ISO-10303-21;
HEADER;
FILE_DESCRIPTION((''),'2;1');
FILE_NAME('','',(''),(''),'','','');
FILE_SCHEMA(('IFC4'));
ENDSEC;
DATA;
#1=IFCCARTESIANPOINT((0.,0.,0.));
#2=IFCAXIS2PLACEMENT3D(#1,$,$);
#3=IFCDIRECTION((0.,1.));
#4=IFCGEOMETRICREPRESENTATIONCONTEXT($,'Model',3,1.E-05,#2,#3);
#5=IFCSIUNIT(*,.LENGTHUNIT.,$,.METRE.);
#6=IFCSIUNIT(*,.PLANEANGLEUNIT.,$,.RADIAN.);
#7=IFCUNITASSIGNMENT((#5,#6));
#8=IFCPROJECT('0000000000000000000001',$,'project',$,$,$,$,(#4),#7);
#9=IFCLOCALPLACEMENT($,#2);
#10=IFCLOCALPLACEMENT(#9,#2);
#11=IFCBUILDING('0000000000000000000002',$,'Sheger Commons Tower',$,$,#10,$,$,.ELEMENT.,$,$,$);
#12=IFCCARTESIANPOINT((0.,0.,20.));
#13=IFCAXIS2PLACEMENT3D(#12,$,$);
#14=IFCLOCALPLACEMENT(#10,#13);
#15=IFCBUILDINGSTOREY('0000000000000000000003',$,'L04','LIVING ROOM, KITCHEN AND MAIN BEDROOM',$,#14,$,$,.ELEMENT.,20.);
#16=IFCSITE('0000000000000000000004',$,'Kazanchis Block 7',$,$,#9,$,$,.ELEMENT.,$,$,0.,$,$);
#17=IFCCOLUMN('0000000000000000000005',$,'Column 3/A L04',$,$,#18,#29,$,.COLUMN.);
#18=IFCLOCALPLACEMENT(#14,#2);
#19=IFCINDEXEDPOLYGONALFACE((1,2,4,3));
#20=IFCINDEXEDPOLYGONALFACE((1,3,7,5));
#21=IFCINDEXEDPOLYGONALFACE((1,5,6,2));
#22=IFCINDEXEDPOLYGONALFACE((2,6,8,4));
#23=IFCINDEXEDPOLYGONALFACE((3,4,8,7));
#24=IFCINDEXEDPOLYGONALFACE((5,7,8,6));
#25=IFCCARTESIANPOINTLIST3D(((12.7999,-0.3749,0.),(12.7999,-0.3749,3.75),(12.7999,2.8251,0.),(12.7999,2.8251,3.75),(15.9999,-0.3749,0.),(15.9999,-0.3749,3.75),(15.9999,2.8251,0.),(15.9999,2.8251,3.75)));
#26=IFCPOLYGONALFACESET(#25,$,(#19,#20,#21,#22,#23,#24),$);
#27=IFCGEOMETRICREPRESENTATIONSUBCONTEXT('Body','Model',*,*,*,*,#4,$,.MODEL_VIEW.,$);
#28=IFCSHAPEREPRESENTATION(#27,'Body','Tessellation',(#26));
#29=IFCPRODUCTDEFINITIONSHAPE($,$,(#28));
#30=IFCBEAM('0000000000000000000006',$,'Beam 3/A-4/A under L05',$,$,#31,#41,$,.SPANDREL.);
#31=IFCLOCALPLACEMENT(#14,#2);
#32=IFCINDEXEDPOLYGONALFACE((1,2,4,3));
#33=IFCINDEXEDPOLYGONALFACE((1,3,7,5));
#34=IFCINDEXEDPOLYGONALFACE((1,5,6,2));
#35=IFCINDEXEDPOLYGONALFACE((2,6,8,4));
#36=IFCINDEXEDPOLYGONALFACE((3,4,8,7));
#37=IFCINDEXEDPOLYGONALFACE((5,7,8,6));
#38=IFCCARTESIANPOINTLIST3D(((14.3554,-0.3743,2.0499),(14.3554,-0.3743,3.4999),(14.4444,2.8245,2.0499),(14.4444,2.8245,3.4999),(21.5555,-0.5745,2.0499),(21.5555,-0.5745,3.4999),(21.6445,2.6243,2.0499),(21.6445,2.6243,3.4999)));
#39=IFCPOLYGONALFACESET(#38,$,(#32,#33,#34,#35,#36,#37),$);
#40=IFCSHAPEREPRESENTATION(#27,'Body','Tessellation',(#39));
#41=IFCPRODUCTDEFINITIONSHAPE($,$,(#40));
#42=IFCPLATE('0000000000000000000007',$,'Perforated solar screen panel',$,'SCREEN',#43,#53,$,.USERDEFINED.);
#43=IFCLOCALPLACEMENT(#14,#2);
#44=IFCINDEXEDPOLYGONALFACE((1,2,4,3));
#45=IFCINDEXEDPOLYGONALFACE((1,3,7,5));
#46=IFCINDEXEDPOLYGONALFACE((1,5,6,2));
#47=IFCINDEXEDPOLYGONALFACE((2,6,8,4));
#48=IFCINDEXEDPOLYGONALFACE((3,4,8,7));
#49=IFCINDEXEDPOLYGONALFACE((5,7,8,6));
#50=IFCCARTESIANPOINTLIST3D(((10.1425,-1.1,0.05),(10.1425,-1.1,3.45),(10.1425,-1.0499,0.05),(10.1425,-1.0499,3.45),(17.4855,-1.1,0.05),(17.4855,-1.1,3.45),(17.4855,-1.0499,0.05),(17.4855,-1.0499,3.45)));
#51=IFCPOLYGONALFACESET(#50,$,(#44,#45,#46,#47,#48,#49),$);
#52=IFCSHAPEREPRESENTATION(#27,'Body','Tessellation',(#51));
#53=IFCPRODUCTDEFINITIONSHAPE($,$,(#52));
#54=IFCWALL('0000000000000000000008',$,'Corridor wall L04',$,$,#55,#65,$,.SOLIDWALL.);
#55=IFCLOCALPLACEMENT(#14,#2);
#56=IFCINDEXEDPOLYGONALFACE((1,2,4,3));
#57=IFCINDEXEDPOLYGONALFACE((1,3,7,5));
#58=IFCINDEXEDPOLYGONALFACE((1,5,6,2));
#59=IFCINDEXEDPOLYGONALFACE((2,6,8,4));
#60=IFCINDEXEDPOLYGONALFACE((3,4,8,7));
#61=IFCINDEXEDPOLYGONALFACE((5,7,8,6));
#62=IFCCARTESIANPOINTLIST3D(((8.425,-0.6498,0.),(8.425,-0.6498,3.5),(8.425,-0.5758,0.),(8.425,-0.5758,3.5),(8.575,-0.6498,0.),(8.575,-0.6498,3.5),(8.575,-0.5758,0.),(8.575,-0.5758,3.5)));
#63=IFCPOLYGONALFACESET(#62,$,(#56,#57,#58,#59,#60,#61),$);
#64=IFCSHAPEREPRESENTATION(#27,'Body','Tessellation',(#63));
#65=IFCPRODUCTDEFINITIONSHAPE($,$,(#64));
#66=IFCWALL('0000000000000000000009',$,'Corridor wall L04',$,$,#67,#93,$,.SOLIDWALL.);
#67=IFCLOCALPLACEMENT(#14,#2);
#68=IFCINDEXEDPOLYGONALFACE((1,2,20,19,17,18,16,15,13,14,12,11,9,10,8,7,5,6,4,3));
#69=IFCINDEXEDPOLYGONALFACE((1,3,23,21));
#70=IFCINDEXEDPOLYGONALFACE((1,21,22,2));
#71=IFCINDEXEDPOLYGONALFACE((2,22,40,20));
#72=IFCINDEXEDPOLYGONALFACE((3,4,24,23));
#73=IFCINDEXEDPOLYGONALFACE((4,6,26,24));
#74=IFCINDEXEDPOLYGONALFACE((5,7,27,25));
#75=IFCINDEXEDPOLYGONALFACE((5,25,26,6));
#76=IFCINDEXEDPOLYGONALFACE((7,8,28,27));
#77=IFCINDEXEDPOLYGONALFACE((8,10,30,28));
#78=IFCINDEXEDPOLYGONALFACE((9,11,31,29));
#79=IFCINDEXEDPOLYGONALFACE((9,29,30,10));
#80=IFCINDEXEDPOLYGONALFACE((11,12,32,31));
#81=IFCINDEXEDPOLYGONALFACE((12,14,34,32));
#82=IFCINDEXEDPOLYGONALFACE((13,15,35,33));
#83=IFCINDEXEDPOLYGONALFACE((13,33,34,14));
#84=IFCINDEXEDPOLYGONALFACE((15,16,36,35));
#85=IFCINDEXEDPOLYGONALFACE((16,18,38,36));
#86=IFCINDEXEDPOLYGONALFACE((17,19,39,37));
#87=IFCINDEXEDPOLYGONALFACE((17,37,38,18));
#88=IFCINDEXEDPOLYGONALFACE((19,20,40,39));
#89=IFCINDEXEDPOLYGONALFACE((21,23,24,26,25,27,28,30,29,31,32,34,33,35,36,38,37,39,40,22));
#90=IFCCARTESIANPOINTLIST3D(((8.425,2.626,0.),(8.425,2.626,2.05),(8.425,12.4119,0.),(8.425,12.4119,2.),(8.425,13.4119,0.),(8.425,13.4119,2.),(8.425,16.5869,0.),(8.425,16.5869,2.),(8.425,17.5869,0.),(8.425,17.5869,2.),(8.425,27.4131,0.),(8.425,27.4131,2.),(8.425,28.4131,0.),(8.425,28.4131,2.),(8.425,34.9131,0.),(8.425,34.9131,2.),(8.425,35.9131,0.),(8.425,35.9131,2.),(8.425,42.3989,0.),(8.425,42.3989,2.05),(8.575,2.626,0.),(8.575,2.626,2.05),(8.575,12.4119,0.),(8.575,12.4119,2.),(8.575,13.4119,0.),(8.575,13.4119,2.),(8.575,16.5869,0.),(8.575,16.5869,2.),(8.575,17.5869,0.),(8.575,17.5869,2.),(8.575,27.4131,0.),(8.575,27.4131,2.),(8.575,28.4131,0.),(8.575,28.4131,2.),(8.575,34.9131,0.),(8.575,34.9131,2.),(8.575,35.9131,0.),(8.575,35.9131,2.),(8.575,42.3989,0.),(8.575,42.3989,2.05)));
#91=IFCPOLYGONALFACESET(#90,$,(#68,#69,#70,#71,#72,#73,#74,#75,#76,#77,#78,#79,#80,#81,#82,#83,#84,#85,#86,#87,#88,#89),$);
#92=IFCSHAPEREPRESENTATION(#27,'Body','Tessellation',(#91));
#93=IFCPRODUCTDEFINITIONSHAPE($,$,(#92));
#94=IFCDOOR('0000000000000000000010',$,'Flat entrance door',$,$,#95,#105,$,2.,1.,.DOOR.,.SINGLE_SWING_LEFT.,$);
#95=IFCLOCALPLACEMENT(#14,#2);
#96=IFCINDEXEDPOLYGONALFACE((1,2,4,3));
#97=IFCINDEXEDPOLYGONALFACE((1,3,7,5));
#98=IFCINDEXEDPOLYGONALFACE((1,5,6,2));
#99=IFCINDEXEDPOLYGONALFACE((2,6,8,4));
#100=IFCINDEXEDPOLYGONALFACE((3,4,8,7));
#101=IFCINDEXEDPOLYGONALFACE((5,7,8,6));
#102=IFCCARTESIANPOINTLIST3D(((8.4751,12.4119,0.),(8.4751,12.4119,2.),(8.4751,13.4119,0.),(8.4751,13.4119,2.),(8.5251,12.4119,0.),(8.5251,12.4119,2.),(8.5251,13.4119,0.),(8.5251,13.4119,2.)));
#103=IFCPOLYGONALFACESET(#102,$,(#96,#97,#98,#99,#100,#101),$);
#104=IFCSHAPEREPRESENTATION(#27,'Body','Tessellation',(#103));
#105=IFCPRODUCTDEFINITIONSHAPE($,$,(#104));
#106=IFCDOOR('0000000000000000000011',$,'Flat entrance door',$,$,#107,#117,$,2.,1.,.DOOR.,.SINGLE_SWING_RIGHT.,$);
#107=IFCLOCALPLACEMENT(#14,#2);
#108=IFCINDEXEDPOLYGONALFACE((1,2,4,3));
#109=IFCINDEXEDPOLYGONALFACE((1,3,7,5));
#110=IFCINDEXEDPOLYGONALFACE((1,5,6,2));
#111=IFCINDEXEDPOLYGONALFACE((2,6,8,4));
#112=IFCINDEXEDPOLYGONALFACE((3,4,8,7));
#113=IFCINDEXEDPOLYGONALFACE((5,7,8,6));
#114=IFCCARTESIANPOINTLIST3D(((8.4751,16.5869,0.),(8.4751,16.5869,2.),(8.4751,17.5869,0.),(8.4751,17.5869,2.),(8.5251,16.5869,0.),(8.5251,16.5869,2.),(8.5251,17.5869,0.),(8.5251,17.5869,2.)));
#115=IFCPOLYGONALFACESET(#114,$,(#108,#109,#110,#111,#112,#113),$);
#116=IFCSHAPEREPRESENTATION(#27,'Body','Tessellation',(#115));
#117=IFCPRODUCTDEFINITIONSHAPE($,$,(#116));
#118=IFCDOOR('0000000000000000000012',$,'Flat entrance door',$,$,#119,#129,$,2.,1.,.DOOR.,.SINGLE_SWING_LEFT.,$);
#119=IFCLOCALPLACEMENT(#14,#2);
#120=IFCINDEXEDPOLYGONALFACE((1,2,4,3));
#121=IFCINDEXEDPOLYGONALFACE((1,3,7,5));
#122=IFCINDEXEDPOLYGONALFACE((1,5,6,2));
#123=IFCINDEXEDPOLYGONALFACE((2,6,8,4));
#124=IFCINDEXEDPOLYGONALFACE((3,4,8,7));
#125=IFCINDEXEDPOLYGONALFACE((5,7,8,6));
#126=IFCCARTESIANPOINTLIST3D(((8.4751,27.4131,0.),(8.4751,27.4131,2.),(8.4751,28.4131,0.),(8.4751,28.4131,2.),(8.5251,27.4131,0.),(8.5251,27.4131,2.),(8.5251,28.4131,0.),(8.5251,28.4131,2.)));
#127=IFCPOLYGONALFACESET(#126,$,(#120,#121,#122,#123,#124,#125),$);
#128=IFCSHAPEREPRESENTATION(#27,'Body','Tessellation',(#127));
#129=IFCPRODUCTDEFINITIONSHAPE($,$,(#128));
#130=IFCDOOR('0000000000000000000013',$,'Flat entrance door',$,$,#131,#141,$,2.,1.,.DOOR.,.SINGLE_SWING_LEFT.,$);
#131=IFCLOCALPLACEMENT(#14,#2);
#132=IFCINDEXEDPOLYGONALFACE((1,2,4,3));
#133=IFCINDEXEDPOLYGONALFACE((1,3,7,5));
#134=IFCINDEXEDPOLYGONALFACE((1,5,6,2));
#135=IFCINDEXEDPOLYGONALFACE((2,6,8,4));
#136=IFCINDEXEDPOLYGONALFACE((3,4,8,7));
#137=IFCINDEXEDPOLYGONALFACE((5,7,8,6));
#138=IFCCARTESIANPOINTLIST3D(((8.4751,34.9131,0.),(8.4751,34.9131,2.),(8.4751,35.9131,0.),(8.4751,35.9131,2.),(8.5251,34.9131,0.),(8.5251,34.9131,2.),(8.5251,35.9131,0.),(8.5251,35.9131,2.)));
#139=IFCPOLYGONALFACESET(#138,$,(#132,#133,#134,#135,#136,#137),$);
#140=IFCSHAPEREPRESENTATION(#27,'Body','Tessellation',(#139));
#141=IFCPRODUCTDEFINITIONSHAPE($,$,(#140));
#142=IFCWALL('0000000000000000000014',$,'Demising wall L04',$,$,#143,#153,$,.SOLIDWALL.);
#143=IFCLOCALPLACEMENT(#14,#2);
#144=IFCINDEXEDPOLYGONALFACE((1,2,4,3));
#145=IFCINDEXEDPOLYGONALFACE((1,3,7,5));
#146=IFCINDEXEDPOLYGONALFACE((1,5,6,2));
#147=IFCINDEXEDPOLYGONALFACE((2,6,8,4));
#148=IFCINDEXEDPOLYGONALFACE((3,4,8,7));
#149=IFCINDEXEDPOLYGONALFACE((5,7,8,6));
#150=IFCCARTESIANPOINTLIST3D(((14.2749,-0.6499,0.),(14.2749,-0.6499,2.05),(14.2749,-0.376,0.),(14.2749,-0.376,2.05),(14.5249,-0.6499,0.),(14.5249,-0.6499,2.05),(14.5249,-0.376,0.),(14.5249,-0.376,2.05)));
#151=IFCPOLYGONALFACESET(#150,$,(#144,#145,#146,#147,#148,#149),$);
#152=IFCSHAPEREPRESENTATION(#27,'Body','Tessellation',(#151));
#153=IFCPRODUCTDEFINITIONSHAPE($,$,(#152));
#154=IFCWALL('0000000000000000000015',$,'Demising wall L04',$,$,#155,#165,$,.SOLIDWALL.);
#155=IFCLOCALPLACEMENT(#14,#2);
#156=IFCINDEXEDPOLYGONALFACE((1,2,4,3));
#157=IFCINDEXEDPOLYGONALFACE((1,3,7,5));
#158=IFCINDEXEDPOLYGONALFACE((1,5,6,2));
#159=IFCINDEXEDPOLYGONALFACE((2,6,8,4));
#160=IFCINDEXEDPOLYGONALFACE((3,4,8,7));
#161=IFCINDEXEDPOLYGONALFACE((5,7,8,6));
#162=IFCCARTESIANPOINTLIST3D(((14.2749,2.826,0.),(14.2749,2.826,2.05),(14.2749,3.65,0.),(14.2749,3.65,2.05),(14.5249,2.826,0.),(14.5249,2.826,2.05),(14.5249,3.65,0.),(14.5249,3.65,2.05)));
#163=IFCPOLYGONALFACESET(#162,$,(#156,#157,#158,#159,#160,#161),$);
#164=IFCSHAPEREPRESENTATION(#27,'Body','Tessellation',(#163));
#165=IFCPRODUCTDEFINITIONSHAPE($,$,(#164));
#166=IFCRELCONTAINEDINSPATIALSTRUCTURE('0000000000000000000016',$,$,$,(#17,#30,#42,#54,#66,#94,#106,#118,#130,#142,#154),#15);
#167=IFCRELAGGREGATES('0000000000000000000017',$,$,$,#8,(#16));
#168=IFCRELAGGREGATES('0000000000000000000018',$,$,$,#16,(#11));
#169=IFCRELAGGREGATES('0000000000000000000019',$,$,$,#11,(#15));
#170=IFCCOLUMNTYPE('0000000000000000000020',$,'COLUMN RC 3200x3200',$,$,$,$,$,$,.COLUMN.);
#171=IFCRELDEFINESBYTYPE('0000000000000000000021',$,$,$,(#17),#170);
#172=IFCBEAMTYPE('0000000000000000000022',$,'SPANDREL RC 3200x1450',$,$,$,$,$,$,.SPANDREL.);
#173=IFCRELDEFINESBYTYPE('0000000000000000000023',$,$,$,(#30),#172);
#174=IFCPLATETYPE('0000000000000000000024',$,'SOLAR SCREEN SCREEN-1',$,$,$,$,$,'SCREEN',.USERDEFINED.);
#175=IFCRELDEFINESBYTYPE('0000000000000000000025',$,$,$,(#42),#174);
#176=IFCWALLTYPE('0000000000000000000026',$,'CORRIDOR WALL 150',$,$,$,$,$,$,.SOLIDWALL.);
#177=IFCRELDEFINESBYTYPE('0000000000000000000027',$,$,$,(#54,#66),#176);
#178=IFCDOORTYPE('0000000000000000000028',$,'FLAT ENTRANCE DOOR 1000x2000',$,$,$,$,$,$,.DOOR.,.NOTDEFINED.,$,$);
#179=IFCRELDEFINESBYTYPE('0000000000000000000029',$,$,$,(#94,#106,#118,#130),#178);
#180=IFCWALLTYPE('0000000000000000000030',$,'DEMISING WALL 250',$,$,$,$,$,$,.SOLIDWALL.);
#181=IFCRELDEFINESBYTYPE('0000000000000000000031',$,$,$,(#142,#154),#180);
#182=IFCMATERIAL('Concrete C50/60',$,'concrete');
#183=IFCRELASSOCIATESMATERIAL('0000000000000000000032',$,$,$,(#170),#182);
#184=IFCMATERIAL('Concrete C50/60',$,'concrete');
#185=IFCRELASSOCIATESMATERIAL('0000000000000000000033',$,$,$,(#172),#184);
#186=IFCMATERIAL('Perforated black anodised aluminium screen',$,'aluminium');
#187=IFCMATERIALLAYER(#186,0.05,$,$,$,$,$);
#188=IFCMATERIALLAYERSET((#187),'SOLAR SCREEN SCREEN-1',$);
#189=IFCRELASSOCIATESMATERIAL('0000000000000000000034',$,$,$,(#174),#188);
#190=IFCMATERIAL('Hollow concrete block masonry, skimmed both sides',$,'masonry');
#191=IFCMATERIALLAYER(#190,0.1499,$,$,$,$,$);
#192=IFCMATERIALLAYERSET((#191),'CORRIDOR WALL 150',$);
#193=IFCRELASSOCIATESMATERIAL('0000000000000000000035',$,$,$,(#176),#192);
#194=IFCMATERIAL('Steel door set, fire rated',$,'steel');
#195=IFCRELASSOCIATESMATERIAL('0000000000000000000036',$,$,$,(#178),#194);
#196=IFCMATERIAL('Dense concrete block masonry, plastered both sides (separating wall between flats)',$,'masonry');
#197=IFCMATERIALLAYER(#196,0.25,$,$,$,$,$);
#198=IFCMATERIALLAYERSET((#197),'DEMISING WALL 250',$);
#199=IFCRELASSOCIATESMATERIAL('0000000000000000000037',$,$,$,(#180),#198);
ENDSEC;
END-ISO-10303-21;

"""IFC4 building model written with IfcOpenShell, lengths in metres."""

from ifc_helpers import new_model, si_unit, direction, frame, frame_2d, origin, origin_2d, place, context, subcontext, project, spatial, rectangle, extrude, material, layer, layer_set, material_profile, profile_set, type_object, element, fill, save


model = new_model("IFC4")

# Units and contexts
model_context = context("Model", 3, precision=1e-05, world=origin(), true_north=direction((0.0, 1.0)))
body_context = subcontext(model_context, "Body", "Model", "MODEL_VIEW")
ifc_project = project(units=[si_unit("LENGTHUNIT", "METRE"), si_unit("PLANEANGLEUNIT", "RADIAN")], contexts=[model_context])

# Site, building, storey
site_placement = place(None, origin())
site = spatial("IfcSite", under=ifc_project, at=site_placement, Name="Kazanchis Block 7", CompositionType="ELEMENT", RefElevation=0.0)
building_placement = place(site_placement, origin())
building = spatial("IfcBuilding", under=site, at=building_placement, Name="Sheger Commons Tower", CompositionType="ELEMENT")
storey_placement = place(building_placement, frame((0.0, 0.0, 20.0)))
storey = spatial("IfcBuildingStorey", under=building, at=storey_placement, Name="L04", Description="LIVING ROOM, KITCHEN AND MAIN BEDROOM", CompositionType="ELEMENT", Elevation=20.0)

# Column
ifc_material_1 = material(Name="Concrete C50/60", Category="concrete")
ifc_material_profile_1 = material_profile(ifc_material_1, rectangle(XDim=3.2, YDim=3.2, at=origin_2d()), Name="RC 3200x3200")
ifc_profile_set_1 = profile_set([ifc_material_profile_1], Name="Concrete C50/60")
column_type = type_object("IfcColumnType", Name="COLUMN RC 3200x3200", PredefinedType="COLUMN", material=ifc_profile_set_1)
column_placement = place(storey_placement, frame((14.3999, 1.2251, 0.0), z_axis=(0.0, 0.0, 1.0), x_axis=(1.0, 0.0, 0.0)))
element("IfcColumn", 1, at=column_placement, inside=storey, type_object=column_type, Name="Column 3/A L04", PredefinedType="COLUMN", context=body_context, shape_type="SweptSolid", body=[
    extrude(rectangle(XDim=3.2, YDim=3.2, at=origin_2d()), origin(), (0.0, 0.0, 1.0), 3.75),
])

# Beam
ifc_material_2 = material(Name="Concrete C50/60", Category="concrete")
ifc_material_profile_2 = material_profile(ifc_material_2, rectangle(XDim=3.2, YDim=1.45, at=origin_2d()), Name="RC 3200x1450")
ifc_profile_set_2 = profile_set([ifc_material_profile_2], Name="Concrete C50/60")
beam_type = type_object("IfcBeamType", Name="SPANDREL RC 3200x1450", PredefinedType="SPANDREL", material=ifc_profile_set_2)
beam_placement = place(storey_placement, frame((14.3999, 1.2251, 2.7749), z_axis=(0.999614, -0.027793, 0.0), x_axis=(0.027793, 0.999614, 0.0)))
element("IfcBeam", 2, at=beam_placement, inside=storey, type_object=beam_type, Name="Beam 3/A-4/A under L05", PredefinedType="SPANDREL", context=body_context, shape_type="SweptSolid", body=[
    extrude(rectangle(XDim=3.2, YDim=1.45, at=origin_2d()), origin(), (0.0, 0.0, 1.0), 7.2029),
])

# Plate
ifc_material_3 = material(Name="Perforated black anodised aluminium screen", Category="aluminium")
ifc_layer_1 = layer(ifc_material_3, 0.05)
ifc_layer_set_1 = layer_set([ifc_layer_1], Name="SOLAR SCREEN SCREEN-1")
plate_type = type_object("IfcPlateType", Name="SOLAR SCREEN SCREEN-1", ElementType="SCREEN", PredefinedType="USERDEFINED", material=ifc_layer_set_1)
plate_placement = place(storey_placement, frame((13.814, -1.075, 0.05), z_axis=(0.0, 0.0, 1.0), x_axis=(1.0, 0.0, 0.0)))
element("IfcPlate", 3, at=plate_placement, inside=storey, type_object=plate_type, Name="Perforated solar screen panel", ObjectType="SCREEN", PredefinedType="USERDEFINED", context=body_context, shape_type="SweptSolid", body=[
    extrude(rectangle(XDim=7.343, YDim=0.05, at=origin_2d()), origin(), (0.0, 0.0, 1.0), 3.3999),
])

# Wall
ifc_material_4 = material(Name="Hollow concrete block masonry, skimmed both sides", Category="masonry")
ifc_layer_2 = layer(ifc_material_4, 0.1499)
ifc_layer_set_2 = layer_set([ifc_layer_2], Name="CORRIDOR WALL 150")
wall_type_1 = type_object("IfcWallType", Name="CORRIDOR WALL 150", PredefinedType="SOLIDWALL", material=ifc_layer_set_2)
wall_1_placement = place(storey_placement, frame((8.5, -0.6499, 0.0), z_axis=(0.0, 0.0, 1.0), x_axis=(0.0, 1.0, 0.0)))
element("IfcWall", 4, at=wall_1_placement, inside=storey, type_object=wall_type_1, Name="Corridor wall L04", PredefinedType="SOLIDWALL", context=body_context, shape_type="SweptSolid", body=[
    extrude(rectangle(XDim=0.074, YDim=0.1499, at=frame_2d((0.0371, 0.0))), origin(), (0.0, 0.0, 1.0), 3.5),
])

# Wall, openings, doors
wall_2_placement = place(storey_placement, frame((8.5, 2.626, 0.0), z_axis=(0.0, 0.0, 1.0), x_axis=(0.0, 1.0, 0.0)))
wall_2 = element("IfcWall", 5, at=wall_2_placement, inside=storey, type_object=wall_type_1, Name="Corridor wall L04", PredefinedType="SOLIDWALL", context=body_context, shape_type="SweptSolid", body=[
    extrude(rectangle(XDim=39.7729, YDim=0.1499, at=frame_2d((19.8865, 0.0))), origin(), (0.0, 0.0, 1.0), 2.05),
])
opening_1_placement = place(wall_2_placement, frame((9.7859, 0.0, 0.0)))
opening_1 = element("IfcOpeningElement", 6, at=opening_1_placement, cuts=wall_2, PredefinedType="OPENING", context=body_context, shape_type="SweptSolid", body=[
    extrude(rectangle(XDim=1.0, YDim=2.0, at=frame_2d((0.5, 1.0))), frame((0.0, 0.085, 0.0), z_axis=(0.0, -1.0, 0.0), x_axis=(1.0, 0.0, 0.0)), (0.0, 0.0, 1.0), 0.1699),
])
opening_2_placement = place(wall_2_placement, frame((13.9609, 0.0, 0.0)))
opening_2 = element("IfcOpeningElement", 7, at=opening_2_placement, cuts=wall_2, PredefinedType="OPENING", context=body_context, shape_type="SweptSolid", body=[
    extrude(rectangle(XDim=1.0, YDim=2.0, at=frame_2d((0.5, 1.0))), frame((0.0, 0.085, 0.0), z_axis=(0.0, -1.0, 0.0), x_axis=(1.0, 0.0, 0.0)), (0.0, 0.0, 1.0), 0.1699),
])
opening_3_placement = place(wall_2_placement, frame((24.7871, 0.0, 0.0)))
opening_3 = element("IfcOpeningElement", 8, at=opening_3_placement, cuts=wall_2, PredefinedType="OPENING", context=body_context, shape_type="SweptSolid", body=[
    extrude(rectangle(XDim=1.0, YDim=2.0, at=frame_2d((0.5, 1.0))), frame((0.0, 0.085, 0.0), z_axis=(0.0, -1.0, 0.0), x_axis=(1.0, 0.0, 0.0)), (0.0, 0.0, 1.0), 0.1699),
])
opening_4_placement = place(wall_2_placement, frame((32.2871, 0.0, 0.0)))
opening_4 = element("IfcOpeningElement", 9, at=opening_4_placement, cuts=wall_2, PredefinedType="OPENING", context=body_context, shape_type="SweptSolid", body=[
    extrude(rectangle(XDim=1.0, YDim=2.0, at=frame_2d((0.5, 1.0))), frame((0.0, 0.085, 0.0), z_axis=(0.0, -1.0, 0.0), x_axis=(1.0, 0.0, 0.0)), (0.0, 0.0, 1.0), 0.1699),
])
ifc_material_5 = material(Name="Steel door set, fire rated", Category="steel")
door_type_1 = type_object("IfcDoorType", Name="FLAT ENTRANCE DOOR 1000x2000", OperationType="NOTDEFINED", PredefinedType="DOOR", material=ifc_material_5)
door_1_placement = place(opening_1_placement, origin())
door_1 = element("IfcDoor", 10, at=door_1_placement, inside=storey, type_object=door_type_1, Name="Flat entrance door", OperationType="SINGLE_SWING_LEFT", OverallHeight=2.0, OverallWidth=1.0, PredefinedType="DOOR", context=body_context, shape_type="SweptSolid", body=[
    extrude(rectangle(XDim=1.0, YDim=2.0, at=frame_2d((0.5, 1.0))), frame((0.0, 0.0249, 0.0), z_axis=(0.0, -1.0, 0.0), x_axis=(1.0, 0.0, 0.0)), (0.0, 0.0, 1.0), 0.05),
])
fill(opening_1, door_1)
door_2_placement = place(opening_2_placement, origin())
door_2 = element("IfcDoor", 11, at=door_2_placement, inside=storey, type_object=door_type_1, Name="Flat entrance door", OperationType="SINGLE_SWING_RIGHT", OverallHeight=2.0, OverallWidth=1.0, PredefinedType="DOOR", context=body_context, shape_type="SweptSolid", body=[
    extrude(rectangle(XDim=1.0, YDim=2.0, at=frame_2d((0.5, 1.0))), frame((0.0, 0.0249, 0.0), z_axis=(0.0, -1.0, 0.0), x_axis=(1.0, 0.0, 0.0)), (0.0, 0.0, 1.0), 0.05),
])
fill(opening_2, door_2)
door_3_placement = place(opening_3_placement, origin())
door_3 = element("IfcDoor", 12, at=door_3_placement, inside=storey, type_object=door_type_1, Name="Flat entrance door", OperationType="SINGLE_SWING_LEFT", OverallHeight=2.0, OverallWidth=1.0, PredefinedType="DOOR", context=body_context, shape_type="SweptSolid", body=[
    extrude(rectangle(XDim=1.0, YDim=2.0, at=frame_2d((0.5, 1.0))), frame((0.0, 0.0249, 0.0), z_axis=(0.0, -1.0, 0.0), x_axis=(1.0, 0.0, 0.0)), (0.0, 0.0, 1.0), 0.05),
])
fill(opening_3, door_3)
door_4_placement = place(opening_4_placement, origin())
door_4 = element("IfcDoor", 13, at=door_4_placement, inside=storey, type_object=door_type_1, Name="Flat entrance door", OperationType="SINGLE_SWING_LEFT", OverallHeight=2.0, OverallWidth=1.0, PredefinedType="DOOR", context=body_context, shape_type="SweptSolid", body=[
    extrude(rectangle(XDim=1.0, YDim=2.0, at=frame_2d((0.5, 1.0))), frame((0.0, 0.0249, 0.0), z_axis=(0.0, -1.0, 0.0), x_axis=(1.0, 0.0, 0.0)), (0.0, 0.0, 1.0), 0.05),
])
fill(opening_4, door_4)

# Walls
ifc_material_6 = material(Name="Dense concrete block masonry, plastered both sides (separating wall between flats)", Category="masonry")
ifc_layer_3 = layer(ifc_material_6, 0.25)
ifc_layer_set_3 = layer_set([ifc_layer_3], Name="DEMISING WALL 250")
wall_type_2 = type_object("IfcWallType", Name="DEMISING WALL 250", PredefinedType="SOLIDWALL", material=ifc_layer_set_3)
wall_3_placement = place(storey_placement, frame((14.3999, -0.6499, 0.0), z_axis=(0.0, 0.0, 1.0), x_axis=(0.0, 1.0, 0.0)))
element("IfcWall", 14, at=wall_3_placement, inside=storey, type_object=wall_type_2, Name="Demising wall L04", PredefinedType="SOLIDWALL", context=body_context, shape_type="SweptSolid", body=[
    extrude(rectangle(XDim=0.2739, YDim=0.25, at=frame_2d((0.137, 0.0))), origin(), (0.0, 0.0, 1.0), 2.05),
])
wall_4_placement = place(storey_placement, frame((14.3999, 2.8259, 0.0), z_axis=(0.0, 0.0, 1.0), x_axis=(0.0, 1.0, 0.0)))
element("IfcWall", 15, at=wall_4_placement, inside=storey, type_object=wall_type_2, Name="Demising wall L04", PredefinedType="SOLIDWALL", context=body_context, shape_type="SweptSolid", body=[
    extrude(rectangle(XDim=0.824, YDim=0.25, at=frame_2d((0.4121, 0.0))), origin(), (0.0, 0.0, 1.0), 2.05),
])

save(model, "model.ifc")
